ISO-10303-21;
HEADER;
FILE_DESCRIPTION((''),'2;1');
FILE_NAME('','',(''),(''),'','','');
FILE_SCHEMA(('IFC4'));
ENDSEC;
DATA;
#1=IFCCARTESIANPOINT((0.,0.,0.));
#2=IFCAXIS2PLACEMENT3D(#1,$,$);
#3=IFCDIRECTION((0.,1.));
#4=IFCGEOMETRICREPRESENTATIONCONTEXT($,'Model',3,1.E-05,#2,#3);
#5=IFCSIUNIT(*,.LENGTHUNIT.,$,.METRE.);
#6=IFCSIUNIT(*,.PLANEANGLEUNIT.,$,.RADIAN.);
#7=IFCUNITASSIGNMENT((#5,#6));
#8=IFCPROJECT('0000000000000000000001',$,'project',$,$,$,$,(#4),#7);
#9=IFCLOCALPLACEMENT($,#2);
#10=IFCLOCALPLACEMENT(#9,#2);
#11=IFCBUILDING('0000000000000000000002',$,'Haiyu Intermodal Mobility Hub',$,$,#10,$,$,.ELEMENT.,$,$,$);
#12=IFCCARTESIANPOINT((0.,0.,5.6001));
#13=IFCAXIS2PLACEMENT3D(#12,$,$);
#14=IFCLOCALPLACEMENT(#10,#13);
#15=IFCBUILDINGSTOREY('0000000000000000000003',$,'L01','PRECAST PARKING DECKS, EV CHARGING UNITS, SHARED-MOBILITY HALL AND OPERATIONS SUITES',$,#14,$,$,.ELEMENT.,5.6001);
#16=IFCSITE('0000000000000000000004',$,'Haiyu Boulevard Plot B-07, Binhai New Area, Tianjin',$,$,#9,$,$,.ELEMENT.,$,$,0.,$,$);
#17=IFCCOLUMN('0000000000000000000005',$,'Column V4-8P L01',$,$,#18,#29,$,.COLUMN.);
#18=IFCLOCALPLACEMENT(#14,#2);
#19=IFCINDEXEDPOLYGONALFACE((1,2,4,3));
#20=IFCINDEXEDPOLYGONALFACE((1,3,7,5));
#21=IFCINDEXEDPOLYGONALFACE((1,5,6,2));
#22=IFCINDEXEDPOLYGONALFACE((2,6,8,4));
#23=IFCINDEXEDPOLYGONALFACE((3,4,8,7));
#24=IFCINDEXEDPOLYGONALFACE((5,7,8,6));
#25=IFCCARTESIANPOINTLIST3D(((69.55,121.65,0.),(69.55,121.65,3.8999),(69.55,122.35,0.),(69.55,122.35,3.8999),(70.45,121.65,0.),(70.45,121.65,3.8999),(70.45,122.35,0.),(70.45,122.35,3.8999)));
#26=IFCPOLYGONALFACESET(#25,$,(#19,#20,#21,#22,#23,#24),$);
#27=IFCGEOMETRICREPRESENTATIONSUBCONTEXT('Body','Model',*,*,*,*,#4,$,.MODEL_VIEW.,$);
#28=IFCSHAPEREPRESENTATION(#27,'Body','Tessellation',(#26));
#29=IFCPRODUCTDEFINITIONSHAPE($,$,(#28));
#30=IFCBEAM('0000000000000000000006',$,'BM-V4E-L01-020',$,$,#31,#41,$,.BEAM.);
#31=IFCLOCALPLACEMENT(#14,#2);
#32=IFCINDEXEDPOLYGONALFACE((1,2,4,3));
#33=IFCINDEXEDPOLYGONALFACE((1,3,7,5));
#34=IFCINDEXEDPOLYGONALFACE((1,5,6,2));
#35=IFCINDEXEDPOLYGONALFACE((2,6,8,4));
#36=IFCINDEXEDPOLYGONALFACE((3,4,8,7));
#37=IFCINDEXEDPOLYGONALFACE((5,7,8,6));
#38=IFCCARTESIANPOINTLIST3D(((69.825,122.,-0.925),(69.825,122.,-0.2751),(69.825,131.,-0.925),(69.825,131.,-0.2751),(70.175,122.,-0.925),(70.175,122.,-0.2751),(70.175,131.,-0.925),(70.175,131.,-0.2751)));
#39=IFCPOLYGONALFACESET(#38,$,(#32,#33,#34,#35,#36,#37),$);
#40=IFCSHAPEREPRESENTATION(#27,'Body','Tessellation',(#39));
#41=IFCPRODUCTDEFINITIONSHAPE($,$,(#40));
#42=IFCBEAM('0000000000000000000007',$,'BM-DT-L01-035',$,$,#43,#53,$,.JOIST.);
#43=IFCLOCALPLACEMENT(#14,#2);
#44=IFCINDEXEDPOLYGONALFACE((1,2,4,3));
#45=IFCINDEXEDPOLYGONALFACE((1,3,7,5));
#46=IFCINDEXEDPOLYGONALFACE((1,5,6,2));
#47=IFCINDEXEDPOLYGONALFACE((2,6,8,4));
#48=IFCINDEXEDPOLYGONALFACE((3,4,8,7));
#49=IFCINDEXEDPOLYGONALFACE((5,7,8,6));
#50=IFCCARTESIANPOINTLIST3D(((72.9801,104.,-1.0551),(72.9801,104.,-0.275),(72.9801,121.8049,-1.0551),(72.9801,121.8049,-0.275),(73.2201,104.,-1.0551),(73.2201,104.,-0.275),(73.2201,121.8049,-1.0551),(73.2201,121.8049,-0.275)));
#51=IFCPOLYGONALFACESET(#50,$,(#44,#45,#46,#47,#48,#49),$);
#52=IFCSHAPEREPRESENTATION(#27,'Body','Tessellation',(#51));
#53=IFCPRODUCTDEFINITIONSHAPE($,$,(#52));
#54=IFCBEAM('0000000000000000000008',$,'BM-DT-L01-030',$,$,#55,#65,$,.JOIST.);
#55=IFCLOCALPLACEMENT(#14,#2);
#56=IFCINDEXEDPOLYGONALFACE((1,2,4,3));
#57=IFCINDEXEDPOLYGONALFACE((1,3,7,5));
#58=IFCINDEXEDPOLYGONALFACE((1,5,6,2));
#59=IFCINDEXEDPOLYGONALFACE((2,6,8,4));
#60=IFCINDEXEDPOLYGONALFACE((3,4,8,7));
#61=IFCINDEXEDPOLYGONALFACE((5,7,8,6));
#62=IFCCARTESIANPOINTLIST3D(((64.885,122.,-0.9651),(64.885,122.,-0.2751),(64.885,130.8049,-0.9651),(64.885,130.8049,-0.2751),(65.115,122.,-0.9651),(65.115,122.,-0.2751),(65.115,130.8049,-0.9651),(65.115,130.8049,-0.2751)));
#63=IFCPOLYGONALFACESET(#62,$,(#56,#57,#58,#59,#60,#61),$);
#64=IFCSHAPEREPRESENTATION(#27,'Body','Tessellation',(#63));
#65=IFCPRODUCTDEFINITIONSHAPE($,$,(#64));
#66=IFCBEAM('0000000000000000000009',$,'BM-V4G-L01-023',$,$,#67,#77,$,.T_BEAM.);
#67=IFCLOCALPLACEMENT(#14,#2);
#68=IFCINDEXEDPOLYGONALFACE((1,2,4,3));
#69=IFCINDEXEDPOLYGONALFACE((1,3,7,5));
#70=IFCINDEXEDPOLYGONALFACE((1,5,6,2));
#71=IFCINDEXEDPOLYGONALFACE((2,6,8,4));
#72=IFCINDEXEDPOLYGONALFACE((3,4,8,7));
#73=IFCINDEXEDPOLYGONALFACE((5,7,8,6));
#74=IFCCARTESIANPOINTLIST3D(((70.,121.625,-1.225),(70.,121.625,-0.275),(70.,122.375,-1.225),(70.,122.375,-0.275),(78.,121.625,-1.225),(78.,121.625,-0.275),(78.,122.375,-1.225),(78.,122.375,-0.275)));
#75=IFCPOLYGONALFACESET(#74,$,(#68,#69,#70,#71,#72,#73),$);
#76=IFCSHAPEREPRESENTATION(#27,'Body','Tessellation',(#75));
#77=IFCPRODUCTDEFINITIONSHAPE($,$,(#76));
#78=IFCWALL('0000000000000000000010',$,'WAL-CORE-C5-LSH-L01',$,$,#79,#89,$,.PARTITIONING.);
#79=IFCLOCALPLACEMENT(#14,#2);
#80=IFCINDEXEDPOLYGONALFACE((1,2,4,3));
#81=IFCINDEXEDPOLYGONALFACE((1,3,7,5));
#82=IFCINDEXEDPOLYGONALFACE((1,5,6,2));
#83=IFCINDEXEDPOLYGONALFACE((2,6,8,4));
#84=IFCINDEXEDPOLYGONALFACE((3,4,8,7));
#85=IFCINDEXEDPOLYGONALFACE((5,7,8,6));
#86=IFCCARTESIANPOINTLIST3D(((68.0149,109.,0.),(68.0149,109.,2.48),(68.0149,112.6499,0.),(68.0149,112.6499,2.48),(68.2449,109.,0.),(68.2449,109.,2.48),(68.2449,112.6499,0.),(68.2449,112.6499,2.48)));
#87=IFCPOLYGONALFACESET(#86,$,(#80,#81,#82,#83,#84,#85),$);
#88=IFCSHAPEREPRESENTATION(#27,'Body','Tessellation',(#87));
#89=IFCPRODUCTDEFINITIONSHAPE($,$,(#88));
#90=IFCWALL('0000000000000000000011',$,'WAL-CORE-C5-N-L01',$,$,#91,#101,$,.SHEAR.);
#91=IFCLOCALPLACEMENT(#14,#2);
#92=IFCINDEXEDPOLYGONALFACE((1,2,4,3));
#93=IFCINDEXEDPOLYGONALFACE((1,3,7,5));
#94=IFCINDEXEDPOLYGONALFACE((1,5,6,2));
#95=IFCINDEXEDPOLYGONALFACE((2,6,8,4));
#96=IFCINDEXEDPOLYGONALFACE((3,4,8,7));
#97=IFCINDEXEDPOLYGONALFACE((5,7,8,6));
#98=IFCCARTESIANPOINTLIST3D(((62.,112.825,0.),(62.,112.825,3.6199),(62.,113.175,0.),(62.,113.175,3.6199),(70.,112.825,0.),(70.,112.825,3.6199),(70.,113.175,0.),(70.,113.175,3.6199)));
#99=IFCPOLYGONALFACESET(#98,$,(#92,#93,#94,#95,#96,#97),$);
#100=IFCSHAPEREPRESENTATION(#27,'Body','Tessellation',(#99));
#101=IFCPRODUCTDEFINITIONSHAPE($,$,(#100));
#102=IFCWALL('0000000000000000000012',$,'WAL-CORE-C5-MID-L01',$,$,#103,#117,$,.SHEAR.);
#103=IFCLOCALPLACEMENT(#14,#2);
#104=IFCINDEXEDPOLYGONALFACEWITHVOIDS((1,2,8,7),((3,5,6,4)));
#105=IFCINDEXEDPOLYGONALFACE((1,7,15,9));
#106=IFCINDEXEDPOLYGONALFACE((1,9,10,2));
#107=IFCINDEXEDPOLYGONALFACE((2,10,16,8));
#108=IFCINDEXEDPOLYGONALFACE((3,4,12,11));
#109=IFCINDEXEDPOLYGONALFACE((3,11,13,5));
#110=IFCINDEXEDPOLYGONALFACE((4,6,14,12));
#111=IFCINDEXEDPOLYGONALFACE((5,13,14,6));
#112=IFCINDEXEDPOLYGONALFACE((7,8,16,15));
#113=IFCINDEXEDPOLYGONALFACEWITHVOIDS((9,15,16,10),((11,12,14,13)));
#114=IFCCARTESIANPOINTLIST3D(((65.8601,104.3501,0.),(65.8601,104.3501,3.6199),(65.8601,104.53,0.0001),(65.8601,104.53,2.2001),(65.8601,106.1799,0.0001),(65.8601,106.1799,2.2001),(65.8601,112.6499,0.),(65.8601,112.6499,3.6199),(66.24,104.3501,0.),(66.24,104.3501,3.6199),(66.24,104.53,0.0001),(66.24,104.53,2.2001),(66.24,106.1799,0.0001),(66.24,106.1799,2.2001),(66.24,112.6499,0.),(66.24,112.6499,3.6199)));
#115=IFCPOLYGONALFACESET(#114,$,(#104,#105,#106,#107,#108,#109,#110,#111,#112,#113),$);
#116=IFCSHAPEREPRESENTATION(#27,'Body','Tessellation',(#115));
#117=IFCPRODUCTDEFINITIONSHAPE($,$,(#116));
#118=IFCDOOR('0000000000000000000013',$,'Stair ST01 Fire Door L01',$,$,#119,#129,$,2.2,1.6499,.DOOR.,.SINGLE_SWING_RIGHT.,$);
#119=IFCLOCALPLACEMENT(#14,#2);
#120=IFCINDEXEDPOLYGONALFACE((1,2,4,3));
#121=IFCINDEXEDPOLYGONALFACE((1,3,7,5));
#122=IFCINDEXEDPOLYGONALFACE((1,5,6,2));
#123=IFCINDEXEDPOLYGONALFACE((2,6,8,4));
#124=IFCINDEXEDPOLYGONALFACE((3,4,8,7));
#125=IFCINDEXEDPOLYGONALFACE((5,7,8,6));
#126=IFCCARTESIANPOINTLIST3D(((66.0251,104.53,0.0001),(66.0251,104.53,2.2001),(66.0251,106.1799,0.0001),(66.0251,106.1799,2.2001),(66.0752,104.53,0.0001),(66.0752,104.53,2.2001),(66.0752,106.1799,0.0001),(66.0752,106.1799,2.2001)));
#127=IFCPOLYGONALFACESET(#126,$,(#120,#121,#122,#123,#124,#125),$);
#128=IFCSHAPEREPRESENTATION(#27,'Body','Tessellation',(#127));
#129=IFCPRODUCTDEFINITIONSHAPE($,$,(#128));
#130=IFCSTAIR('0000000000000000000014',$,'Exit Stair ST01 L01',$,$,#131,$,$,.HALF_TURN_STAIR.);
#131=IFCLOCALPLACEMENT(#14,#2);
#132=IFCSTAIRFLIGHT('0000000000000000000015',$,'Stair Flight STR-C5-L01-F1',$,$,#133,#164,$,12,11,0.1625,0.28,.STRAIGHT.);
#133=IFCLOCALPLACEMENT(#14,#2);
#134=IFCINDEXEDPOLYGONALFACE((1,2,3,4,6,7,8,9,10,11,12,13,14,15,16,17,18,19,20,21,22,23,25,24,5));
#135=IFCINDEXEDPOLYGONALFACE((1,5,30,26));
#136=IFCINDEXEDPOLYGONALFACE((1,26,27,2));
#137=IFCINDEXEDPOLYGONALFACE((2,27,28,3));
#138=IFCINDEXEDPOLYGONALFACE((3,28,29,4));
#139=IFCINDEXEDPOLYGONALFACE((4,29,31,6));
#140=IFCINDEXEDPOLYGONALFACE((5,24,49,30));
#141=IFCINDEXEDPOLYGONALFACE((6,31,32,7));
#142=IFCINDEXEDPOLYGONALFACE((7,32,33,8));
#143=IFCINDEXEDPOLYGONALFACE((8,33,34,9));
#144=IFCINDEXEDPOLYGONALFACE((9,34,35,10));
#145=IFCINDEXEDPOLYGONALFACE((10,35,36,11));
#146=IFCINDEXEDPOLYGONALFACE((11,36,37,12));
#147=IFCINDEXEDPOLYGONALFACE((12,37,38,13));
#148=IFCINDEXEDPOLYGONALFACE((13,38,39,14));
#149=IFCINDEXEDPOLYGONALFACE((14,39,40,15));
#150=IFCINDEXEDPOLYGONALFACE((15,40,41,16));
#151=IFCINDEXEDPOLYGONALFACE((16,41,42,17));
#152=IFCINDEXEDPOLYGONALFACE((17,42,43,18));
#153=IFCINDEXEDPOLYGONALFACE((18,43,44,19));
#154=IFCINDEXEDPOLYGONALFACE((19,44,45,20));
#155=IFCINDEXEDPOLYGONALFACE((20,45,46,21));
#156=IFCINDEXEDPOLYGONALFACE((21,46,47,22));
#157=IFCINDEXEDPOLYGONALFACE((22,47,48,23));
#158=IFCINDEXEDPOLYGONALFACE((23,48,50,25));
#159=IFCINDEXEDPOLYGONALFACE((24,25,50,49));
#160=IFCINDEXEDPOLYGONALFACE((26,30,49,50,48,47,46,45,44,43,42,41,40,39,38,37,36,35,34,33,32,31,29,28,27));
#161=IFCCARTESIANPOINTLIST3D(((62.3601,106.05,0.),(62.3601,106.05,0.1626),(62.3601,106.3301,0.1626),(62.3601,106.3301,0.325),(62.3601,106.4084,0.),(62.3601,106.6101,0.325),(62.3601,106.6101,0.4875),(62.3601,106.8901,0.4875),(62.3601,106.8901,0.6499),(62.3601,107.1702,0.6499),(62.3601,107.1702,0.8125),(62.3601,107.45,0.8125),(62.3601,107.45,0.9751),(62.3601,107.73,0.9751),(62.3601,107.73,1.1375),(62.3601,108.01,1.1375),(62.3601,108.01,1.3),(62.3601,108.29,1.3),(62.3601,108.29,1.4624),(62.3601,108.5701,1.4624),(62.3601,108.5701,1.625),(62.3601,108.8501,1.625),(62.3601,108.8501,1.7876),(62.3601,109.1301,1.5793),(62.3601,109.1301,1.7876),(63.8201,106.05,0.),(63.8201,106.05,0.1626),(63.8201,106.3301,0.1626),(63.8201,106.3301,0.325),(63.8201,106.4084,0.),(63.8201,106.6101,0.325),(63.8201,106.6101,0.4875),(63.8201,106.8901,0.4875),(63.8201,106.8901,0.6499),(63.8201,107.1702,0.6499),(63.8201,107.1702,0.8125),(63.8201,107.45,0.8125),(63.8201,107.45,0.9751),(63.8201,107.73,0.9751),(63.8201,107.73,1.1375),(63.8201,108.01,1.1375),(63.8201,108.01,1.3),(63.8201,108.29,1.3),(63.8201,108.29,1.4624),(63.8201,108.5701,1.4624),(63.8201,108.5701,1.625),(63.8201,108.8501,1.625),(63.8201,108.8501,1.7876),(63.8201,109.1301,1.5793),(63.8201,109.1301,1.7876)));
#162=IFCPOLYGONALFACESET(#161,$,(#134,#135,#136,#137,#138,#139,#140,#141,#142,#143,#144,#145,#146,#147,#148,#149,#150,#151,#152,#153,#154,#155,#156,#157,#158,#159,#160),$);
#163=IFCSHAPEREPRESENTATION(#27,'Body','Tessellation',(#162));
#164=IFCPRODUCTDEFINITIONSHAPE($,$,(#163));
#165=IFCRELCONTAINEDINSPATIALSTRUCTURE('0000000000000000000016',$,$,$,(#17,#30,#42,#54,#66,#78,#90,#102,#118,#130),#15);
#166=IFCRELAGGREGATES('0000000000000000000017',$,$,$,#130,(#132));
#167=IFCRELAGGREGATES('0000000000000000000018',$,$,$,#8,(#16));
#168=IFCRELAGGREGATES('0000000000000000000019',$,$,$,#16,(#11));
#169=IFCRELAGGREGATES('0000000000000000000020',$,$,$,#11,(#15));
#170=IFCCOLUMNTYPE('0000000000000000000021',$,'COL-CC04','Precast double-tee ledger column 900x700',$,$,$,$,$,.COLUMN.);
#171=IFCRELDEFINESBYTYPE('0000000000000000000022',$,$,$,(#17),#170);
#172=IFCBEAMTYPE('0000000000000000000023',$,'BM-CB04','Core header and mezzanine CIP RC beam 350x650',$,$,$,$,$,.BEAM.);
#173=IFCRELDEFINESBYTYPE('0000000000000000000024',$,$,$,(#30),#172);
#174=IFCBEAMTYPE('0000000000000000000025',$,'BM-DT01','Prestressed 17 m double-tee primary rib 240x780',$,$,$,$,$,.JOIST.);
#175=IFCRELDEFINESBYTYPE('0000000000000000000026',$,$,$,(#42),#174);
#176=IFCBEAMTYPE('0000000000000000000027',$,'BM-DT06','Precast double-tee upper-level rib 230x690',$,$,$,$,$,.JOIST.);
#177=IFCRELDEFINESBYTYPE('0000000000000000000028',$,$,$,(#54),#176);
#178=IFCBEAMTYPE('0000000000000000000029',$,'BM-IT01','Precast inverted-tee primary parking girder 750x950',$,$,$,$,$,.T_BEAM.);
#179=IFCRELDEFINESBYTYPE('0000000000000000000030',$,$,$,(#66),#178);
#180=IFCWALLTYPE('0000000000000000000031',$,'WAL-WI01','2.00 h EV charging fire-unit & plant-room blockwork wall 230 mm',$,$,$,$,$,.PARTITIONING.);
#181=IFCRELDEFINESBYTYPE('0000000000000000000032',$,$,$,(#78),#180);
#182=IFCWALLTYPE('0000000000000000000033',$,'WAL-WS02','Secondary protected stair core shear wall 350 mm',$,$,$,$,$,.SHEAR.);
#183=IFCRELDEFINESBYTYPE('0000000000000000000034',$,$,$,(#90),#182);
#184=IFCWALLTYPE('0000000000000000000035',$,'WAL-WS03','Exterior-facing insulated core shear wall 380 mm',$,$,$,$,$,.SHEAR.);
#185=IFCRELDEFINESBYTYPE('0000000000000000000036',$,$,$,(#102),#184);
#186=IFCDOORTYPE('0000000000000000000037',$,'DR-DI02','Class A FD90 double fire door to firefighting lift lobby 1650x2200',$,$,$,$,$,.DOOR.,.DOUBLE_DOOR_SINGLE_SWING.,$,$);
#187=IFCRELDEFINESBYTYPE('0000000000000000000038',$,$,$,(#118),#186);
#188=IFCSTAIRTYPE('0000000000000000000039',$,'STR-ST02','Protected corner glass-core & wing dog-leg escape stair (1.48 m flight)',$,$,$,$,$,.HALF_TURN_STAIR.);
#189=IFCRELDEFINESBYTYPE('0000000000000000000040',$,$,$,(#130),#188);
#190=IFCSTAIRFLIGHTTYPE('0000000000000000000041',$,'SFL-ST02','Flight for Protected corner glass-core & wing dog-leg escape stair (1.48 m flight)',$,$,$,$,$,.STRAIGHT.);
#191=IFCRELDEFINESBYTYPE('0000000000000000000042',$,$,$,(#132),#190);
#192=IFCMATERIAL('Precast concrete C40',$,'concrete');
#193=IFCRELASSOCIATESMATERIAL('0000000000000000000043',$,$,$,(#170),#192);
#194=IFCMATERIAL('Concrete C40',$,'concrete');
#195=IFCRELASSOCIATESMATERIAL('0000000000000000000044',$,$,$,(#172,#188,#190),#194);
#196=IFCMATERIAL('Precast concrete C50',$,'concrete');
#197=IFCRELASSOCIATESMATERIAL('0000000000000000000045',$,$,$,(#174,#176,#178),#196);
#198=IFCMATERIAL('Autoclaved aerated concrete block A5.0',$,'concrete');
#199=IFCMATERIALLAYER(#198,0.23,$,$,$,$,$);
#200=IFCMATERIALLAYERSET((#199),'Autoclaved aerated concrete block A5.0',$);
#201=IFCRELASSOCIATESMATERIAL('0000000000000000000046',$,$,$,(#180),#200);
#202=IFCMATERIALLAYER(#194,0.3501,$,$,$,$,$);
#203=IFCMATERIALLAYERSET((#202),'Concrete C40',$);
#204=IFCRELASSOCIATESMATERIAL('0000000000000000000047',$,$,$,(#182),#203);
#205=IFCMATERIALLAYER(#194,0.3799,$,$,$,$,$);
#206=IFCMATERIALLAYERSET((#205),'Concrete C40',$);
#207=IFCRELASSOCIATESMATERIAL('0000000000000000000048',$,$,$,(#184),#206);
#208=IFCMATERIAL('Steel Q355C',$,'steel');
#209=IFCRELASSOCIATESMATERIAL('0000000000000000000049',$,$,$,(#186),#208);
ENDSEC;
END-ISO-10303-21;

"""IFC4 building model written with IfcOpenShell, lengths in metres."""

from ifc_helpers import new_model, si_unit, direction, frame, frame_2d, origin, origin_2d, place, context, subcontext, project, spatial, polyline, rectangle, outline, extrude, material, layer, layer_set, material_profile, profile_set, type_object, element, fill, aggregate, save


model = new_model("IFC4")

# Units and contexts
model_context = context("Model", 3, precision=1e-05, world=origin(), true_north=direction((0.0, 1.0)))
body_context = subcontext(model_context, "Body", "Model", "MODEL_VIEW")
ifc_project = project(units=[si_unit("LENGTHUNIT", "METRE"), si_unit("PLANEANGLEUNIT", "RADIAN")], contexts=[model_context])

# Site, building, storey
site_placement = place(None, origin())
site = spatial("IfcSite", under=ifc_project, at=site_placement, Name="Haiyu Boulevard Plot B-07, Binhai New Area, Tianjin", CompositionType="ELEMENT", RefElevation=0.0)
building_placement = place(site_placement, origin())
building = spatial("IfcBuilding", under=site, at=building_placement, Name="Haiyu Intermodal Mobility Hub", CompositionType="ELEMENT")
storey_placement = place(building_placement, frame((0.0, 0.0, 5.6001)))
storey = spatial("IfcBuildingStorey", under=building, at=storey_placement, Name="L01", Description="PRECAST PARKING DECKS, EV CHARGING UNITS, SHARED-MOBILITY HALL AND OPERATIONS SUITES", CompositionType="ELEMENT", Elevation=5.6001)

# Column
ifc_material_1 = material(Name="Precast concrete C40", Category="concrete")
ifc_material_profile_1 = material_profile(ifc_material_1, rectangle(XDim=0.8999, YDim=0.7, at=origin_2d()), Name="RC900x700")
ifc_profile_set_1 = profile_set([ifc_material_profile_1], Name="Precast concrete C40")
column_type = type_object("IfcColumnType", Name="COL-CC04", Description="Precast double-tee ledger column 900x700", PredefinedType="COLUMN", material=ifc_profile_set_1)
column_placement = place(storey_placement, frame((70.0, 122.0, 0.0), z_axis=(0.0, 0.0, 1.0), x_axis=(1.0, 0.0, 0.0)))
element("IfcColumn", 1, at=column_placement, inside=storey, type_object=column_type, Name="Column V4-8P L01", PredefinedType="COLUMN", context=body_context, shape_type="SweptSolid", body=[
    extrude(rectangle(XDim=0.8999, YDim=0.7, at=origin_2d()), origin(), (0.0, 0.0, 1.0), 3.8999),
])

# Beams
ifc_material_2 = material(Name="Concrete C40", Category="concrete")
ifc_material_profile_2 = material_profile(ifc_material_2, rectangle(XDim=0.3501, YDim=0.6499, at=origin_2d()), Name="RCB350x650")
ifc_profile_set_2 = profile_set([ifc_material_profile_2], Name="Concrete C40")
beam_type_1 = type_object("IfcBeamType", Name="BM-CB04", Description="Core header and mezzanine CIP RC beam 350x650", PredefinedType="BEAM", material=ifc_profile_set_2)
beam_1_placement = place(storey_placement, frame((70.0, 122.0, -0.6001), z_axis=(0.0, 1.0, 0.0), x_axis=(-1.0, 0.0, 0.0)))
element("IfcBeam", 2, at=beam_1_placement, inside=storey, type_object=beam_type_1, Name="BM-V4E-L01-020", PredefinedType="BEAM", context=body_context, shape_type="SweptSolid", body=[
    extrude(rectangle(XDim=0.3501, YDim=0.6499, at=origin_2d()), origin(), (0.0, 0.0, 1.0), 9.0),
])
ifc_material_3 = material(Name="Precast concrete C50", Category="concrete")
ifc_material_profile_3 = material_profile(ifc_material_3, rectangle(XDim=0.24, YDim=0.78, at=origin_2d()), Name="PC240x780")
ifc_profile_set_3 = profile_set([ifc_material_profile_3], Name="Precast concrete C50")
beam_type_2 = type_object("IfcBeamType", Name="BM-DT01", Description="Prestressed 17 m double-tee primary rib 240x780", PredefinedType="JOIST", material=ifc_profile_set_3)
beam_2_placement = place(storey_placement, frame((73.1001, 104.0, -0.665), z_axis=(0.0, 1.0, 0.0), x_axis=(-1.0, 0.0, 0.0)))
element("IfcBeam", 3, at=beam_2_placement, inside=storey, type_object=beam_type_2, Name="BM-DT-L01-035", PredefinedType="JOIST", context=body_context, shape_type="SweptSolid", body=[
    extrude(rectangle(XDim=0.24, YDim=0.78, at=origin_2d()), origin(), (0.0, 0.0, 1.0), 17.8049),
])
ifc_material_profile_4 = material_profile(ifc_material_3, rectangle(XDim=0.23, YDim=0.6899, at=origin_2d()), Name="B230x690")
ifc_profile_set_4 = profile_set([ifc_material_profile_4], Name="Precast concrete C50")
beam_type_3 = type_object("IfcBeamType", Name="BM-DT06", Description="Precast double-tee upper-level rib 230x690", PredefinedType="JOIST", material=ifc_profile_set_4)
beam_3_placement = place(storey_placement, frame((65.0, 122.0, -0.6201), z_axis=(0.0, 1.0, 0.0), x_axis=(-1.0, 0.0, 0.0)))
element("IfcBeam", 4, at=beam_3_placement, inside=storey, type_object=beam_type_3, Name="BM-DT-L01-030", PredefinedType="JOIST", context=body_context, shape_type="SweptSolid", body=[
    extrude(rectangle(XDim=0.23, YDim=0.6899, at=origin_2d()), origin(), (0.0, 0.0, 1.0), 8.8049),
])
ifc_material_profile_5 = material_profile(ifc_material_3, rectangle(XDim=0.75, YDim=0.95, at=origin_2d()), Name="PC750x950")
ifc_profile_set_5 = profile_set([ifc_material_profile_5], Name="Precast concrete C50")
beam_type_4 = type_object("IfcBeamType", Name="BM-IT01", Description="Precast inverted-tee primary parking girder 750x950", PredefinedType="T_BEAM", material=ifc_profile_set_5)
beam_4_placement = place(storey_placement, frame((70.0, 122.0, -0.75), z_axis=(1.0, 0.0, 0.0), x_axis=(0.0, 1.0, 0.0)))
element("IfcBeam", 5, at=beam_4_placement, inside=storey, type_object=beam_type_4, Name="BM-V4G-L01-023", PredefinedType="T_BEAM", context=body_context, shape_type="SweptSolid", body=[
    extrude(rectangle(XDim=0.75, YDim=0.95, at=origin_2d()), origin(), (0.0, 0.0, 1.0), 8.0),
])

# Wall
ifc_material_4 = material(Name="Autoclaved aerated concrete block A5.0", Category="concrete")
ifc_layer_1 = layer(ifc_material_4, 0.23)
ifc_layer_set_1 = layer_set([ifc_layer_1], Name="Autoclaved aerated concrete block A5.0")
wall_type_1 = type_object("IfcWallType", Name="WAL-WI01", Description="2.00 h EV charging fire-unit & plant-room blockwork wall 230 mm", PredefinedType="PARTITIONING", material=ifc_layer_set_1)
wall_1_placement = place(storey_placement, frame((68.1299, 109.0, 0.0), z_axis=(0.0, 0.0, 1.0), x_axis=(0.0, 1.0, 0.0)))
element("IfcWall", 6, at=wall_1_placement, inside=storey, type_object=wall_type_1, Name="WAL-CORE-C5-LSH-L01", PredefinedType="PARTITIONING", context=body_context, shape_type="SweptSolid", body=[
    extrude(rectangle(XDim=3.6499, YDim=0.23, at=frame_2d((1.825, 0.0))), origin(), (0.0, 0.0, 1.0), 2.48),
])

# Shared definitions
ifc_material_5 = material(Name="Steel Q355C", Category="steel")

# Wall
ifc_layer_2 = layer(ifc_material_2, 0.3501)
ifc_layer_set_2 = layer_set([ifc_layer_2], Name="Concrete C40")
wall_type_2 = type_object("IfcWallType", Name="WAL-WS02", Description="Secondary protected stair core shear wall 350 mm", PredefinedType="SHEAR", material=ifc_layer_set_2)
wall_2_placement = place(storey_placement, frame((70.0, 113.0, 0.0), z_axis=(0.0, 0.0, 1.0), x_axis=(-1.0, 0.0, 0.0)))
element("IfcWall", 7, at=wall_2_placement, inside=storey, type_object=wall_type_2, Name="WAL-CORE-C5-N-L01", PredefinedType="SHEAR", context=body_context, shape_type="SweptSolid", body=[
    extrude(rectangle(XDim=8.0, YDim=0.3501, at=frame_2d((4.0, 0.0))), origin(), (0.0, 0.0, 1.0), 3.6199),
])

# Wall, opening, door
ifc_layer_3 = layer(ifc_material_2, 0.3799)
ifc_layer_set_3 = layer_set([ifc_layer_3], Name="Concrete C40")
wall_type_3 = type_object("IfcWallType", Name="WAL-WS03", Description="Exterior-facing insulated core shear wall 380 mm", PredefinedType="SHEAR", material=ifc_layer_set_3)
wall_3_placement = place(storey_placement, frame((66.05, 104.3501, 0.0), z_axis=(0.0, 0.0, 1.0), x_axis=(0.0, 1.0, 0.0)))
wall_3 = element("IfcWall", 8, at=wall_3_placement, inside=storey, type_object=wall_type_3, Name="WAL-CORE-C5-MID-L01", PredefinedType="SHEAR", context=body_context, shape_type="SweptSolid", body=[
    extrude(rectangle(XDim=8.2998, YDim=0.3799, at=frame_2d((4.1499, 0.0))), origin(), (0.0, 0.0, 1.0), 3.6199),
])
opening_1_placement = place(wall_3_placement, frame((0.1799, 0.0, 0.0)))
opening_1 = element("IfcOpeningElement", 9, at=opening_1_placement, cuts=wall_3, PredefinedType="OPENING", context=body_context, shape_type="SweptSolid", body=[
    extrude(rectangle(XDim=1.6499, YDim=2.2, at=frame_2d((0.825, 1.1001))), frame((0.0, 0.2, 0.0), z_axis=(0.0, -1.0, 0.0), x_axis=(1.0, 0.0, 0.0)), (0.0, 0.0, 1.0), 0.3999),
])
door_type_1 = type_object("IfcDoorType", Name="DR-DI02", Description="Class A FD90 double fire door to firefighting lift lobby 1650x2200", OperationType="DOUBLE_DOOR_SINGLE_SWING", PredefinedType="DOOR", material=ifc_material_5)
door_1_placement = place(opening_1_placement, origin())
door_1 = element("IfcDoor", 10, at=door_1_placement, inside=storey, type_object=door_type_1, Name="Stair ST01 Fire Door L01", OperationType="SINGLE_SWING_RIGHT", OverallHeight=2.2, OverallWidth=1.6499, PredefinedType="DOOR", context=body_context, shape_type="SweptSolid", body=[
    extrude(rectangle(XDim=1.6499, YDim=2.2, at=frame_2d((0.825, 1.1001))), frame((0.0, 0.0249, 0.0), z_axis=(0.0, -1.0, 0.0), x_axis=(1.0, 0.0, 0.0)), (0.0, 0.0, 1.0), 0.05),
])
fill(opening_1, door_1)

# Stair, stair flight
stair_type = type_object("IfcStairType", Name="STR-ST02", Description="Protected corner glass-core & wing dog-leg escape stair (1.48 m flight)", PredefinedType="HALF_TURN_STAIR", material=ifc_material_2)
stair_placement = place(storey_placement, origin())
stair = element("IfcStair", 11, at=stair_placement, inside=storey, type_object=stair_type, Name="Exit Stair ST01 L01", PredefinedType="HALF_TURN_STAIR")
stair_flight_type = type_object("IfcStairFlightType", Name="SFL-ST02", Description="Flight for Protected corner glass-core & wing dog-leg escape stair (1.48 m flight)", PredefinedType="STRAIGHT", material=ifc_material_2)
stair_flight_1_placement = place(storey_placement, frame((63.0901, 106.05, 0.0), z_axis=(0.0, 0.0, 1.0), x_axis=(0.0, 1.0, 0.0)))
stair_flight_1 = element("IfcStairFlight", 12, at=stair_flight_1_placement, type_object=stair_flight_type, Name="Stair Flight STR-C5-L01-F1", NumberOfRisers=12, NumberOfTreads=11, PredefinedType="STRAIGHT", RiserHeight=0.1625, TreadLength=0.28, context=body_context, shape_type="SweptSolid", body=[
    extrude(outline(polyline([(0.0, 0.0), (0.0, 0.1626), (0.28, 0.1626), (0.28, 0.325), (0.5601, 0.325), (0.5601, 0.4875), (0.8401, 0.4875), (0.8401, 0.6499), (1.1201, 0.6499), (1.1201, 0.8125), (1.3999, 0.8125), (1.3999, 0.9751), (1.6799, 0.9751), (1.6799, 1.1375), (1.96, 1.1375), (1.96, 1.3), (2.24, 1.3), (2.24, 1.4624), (2.52, 1.4624), (2.52, 1.625), (2.8, 1.625), (2.8, 1.7876), (3.0801, 1.7876), (3.0801, 1.95), (3.0801, 1.5793), (0.3584, 0.0), (0.0, 0.0)])), frame((0.0, 0.73, 0.0), z_axis=(0.0, -1.0, 0.0), x_axis=(1.0, 0.0, 0.0)), (0.0, 0.0, 1.0), 1.46),
])
aggregate(stair, [stair_flight_1])

save(model, "model.ifc")
